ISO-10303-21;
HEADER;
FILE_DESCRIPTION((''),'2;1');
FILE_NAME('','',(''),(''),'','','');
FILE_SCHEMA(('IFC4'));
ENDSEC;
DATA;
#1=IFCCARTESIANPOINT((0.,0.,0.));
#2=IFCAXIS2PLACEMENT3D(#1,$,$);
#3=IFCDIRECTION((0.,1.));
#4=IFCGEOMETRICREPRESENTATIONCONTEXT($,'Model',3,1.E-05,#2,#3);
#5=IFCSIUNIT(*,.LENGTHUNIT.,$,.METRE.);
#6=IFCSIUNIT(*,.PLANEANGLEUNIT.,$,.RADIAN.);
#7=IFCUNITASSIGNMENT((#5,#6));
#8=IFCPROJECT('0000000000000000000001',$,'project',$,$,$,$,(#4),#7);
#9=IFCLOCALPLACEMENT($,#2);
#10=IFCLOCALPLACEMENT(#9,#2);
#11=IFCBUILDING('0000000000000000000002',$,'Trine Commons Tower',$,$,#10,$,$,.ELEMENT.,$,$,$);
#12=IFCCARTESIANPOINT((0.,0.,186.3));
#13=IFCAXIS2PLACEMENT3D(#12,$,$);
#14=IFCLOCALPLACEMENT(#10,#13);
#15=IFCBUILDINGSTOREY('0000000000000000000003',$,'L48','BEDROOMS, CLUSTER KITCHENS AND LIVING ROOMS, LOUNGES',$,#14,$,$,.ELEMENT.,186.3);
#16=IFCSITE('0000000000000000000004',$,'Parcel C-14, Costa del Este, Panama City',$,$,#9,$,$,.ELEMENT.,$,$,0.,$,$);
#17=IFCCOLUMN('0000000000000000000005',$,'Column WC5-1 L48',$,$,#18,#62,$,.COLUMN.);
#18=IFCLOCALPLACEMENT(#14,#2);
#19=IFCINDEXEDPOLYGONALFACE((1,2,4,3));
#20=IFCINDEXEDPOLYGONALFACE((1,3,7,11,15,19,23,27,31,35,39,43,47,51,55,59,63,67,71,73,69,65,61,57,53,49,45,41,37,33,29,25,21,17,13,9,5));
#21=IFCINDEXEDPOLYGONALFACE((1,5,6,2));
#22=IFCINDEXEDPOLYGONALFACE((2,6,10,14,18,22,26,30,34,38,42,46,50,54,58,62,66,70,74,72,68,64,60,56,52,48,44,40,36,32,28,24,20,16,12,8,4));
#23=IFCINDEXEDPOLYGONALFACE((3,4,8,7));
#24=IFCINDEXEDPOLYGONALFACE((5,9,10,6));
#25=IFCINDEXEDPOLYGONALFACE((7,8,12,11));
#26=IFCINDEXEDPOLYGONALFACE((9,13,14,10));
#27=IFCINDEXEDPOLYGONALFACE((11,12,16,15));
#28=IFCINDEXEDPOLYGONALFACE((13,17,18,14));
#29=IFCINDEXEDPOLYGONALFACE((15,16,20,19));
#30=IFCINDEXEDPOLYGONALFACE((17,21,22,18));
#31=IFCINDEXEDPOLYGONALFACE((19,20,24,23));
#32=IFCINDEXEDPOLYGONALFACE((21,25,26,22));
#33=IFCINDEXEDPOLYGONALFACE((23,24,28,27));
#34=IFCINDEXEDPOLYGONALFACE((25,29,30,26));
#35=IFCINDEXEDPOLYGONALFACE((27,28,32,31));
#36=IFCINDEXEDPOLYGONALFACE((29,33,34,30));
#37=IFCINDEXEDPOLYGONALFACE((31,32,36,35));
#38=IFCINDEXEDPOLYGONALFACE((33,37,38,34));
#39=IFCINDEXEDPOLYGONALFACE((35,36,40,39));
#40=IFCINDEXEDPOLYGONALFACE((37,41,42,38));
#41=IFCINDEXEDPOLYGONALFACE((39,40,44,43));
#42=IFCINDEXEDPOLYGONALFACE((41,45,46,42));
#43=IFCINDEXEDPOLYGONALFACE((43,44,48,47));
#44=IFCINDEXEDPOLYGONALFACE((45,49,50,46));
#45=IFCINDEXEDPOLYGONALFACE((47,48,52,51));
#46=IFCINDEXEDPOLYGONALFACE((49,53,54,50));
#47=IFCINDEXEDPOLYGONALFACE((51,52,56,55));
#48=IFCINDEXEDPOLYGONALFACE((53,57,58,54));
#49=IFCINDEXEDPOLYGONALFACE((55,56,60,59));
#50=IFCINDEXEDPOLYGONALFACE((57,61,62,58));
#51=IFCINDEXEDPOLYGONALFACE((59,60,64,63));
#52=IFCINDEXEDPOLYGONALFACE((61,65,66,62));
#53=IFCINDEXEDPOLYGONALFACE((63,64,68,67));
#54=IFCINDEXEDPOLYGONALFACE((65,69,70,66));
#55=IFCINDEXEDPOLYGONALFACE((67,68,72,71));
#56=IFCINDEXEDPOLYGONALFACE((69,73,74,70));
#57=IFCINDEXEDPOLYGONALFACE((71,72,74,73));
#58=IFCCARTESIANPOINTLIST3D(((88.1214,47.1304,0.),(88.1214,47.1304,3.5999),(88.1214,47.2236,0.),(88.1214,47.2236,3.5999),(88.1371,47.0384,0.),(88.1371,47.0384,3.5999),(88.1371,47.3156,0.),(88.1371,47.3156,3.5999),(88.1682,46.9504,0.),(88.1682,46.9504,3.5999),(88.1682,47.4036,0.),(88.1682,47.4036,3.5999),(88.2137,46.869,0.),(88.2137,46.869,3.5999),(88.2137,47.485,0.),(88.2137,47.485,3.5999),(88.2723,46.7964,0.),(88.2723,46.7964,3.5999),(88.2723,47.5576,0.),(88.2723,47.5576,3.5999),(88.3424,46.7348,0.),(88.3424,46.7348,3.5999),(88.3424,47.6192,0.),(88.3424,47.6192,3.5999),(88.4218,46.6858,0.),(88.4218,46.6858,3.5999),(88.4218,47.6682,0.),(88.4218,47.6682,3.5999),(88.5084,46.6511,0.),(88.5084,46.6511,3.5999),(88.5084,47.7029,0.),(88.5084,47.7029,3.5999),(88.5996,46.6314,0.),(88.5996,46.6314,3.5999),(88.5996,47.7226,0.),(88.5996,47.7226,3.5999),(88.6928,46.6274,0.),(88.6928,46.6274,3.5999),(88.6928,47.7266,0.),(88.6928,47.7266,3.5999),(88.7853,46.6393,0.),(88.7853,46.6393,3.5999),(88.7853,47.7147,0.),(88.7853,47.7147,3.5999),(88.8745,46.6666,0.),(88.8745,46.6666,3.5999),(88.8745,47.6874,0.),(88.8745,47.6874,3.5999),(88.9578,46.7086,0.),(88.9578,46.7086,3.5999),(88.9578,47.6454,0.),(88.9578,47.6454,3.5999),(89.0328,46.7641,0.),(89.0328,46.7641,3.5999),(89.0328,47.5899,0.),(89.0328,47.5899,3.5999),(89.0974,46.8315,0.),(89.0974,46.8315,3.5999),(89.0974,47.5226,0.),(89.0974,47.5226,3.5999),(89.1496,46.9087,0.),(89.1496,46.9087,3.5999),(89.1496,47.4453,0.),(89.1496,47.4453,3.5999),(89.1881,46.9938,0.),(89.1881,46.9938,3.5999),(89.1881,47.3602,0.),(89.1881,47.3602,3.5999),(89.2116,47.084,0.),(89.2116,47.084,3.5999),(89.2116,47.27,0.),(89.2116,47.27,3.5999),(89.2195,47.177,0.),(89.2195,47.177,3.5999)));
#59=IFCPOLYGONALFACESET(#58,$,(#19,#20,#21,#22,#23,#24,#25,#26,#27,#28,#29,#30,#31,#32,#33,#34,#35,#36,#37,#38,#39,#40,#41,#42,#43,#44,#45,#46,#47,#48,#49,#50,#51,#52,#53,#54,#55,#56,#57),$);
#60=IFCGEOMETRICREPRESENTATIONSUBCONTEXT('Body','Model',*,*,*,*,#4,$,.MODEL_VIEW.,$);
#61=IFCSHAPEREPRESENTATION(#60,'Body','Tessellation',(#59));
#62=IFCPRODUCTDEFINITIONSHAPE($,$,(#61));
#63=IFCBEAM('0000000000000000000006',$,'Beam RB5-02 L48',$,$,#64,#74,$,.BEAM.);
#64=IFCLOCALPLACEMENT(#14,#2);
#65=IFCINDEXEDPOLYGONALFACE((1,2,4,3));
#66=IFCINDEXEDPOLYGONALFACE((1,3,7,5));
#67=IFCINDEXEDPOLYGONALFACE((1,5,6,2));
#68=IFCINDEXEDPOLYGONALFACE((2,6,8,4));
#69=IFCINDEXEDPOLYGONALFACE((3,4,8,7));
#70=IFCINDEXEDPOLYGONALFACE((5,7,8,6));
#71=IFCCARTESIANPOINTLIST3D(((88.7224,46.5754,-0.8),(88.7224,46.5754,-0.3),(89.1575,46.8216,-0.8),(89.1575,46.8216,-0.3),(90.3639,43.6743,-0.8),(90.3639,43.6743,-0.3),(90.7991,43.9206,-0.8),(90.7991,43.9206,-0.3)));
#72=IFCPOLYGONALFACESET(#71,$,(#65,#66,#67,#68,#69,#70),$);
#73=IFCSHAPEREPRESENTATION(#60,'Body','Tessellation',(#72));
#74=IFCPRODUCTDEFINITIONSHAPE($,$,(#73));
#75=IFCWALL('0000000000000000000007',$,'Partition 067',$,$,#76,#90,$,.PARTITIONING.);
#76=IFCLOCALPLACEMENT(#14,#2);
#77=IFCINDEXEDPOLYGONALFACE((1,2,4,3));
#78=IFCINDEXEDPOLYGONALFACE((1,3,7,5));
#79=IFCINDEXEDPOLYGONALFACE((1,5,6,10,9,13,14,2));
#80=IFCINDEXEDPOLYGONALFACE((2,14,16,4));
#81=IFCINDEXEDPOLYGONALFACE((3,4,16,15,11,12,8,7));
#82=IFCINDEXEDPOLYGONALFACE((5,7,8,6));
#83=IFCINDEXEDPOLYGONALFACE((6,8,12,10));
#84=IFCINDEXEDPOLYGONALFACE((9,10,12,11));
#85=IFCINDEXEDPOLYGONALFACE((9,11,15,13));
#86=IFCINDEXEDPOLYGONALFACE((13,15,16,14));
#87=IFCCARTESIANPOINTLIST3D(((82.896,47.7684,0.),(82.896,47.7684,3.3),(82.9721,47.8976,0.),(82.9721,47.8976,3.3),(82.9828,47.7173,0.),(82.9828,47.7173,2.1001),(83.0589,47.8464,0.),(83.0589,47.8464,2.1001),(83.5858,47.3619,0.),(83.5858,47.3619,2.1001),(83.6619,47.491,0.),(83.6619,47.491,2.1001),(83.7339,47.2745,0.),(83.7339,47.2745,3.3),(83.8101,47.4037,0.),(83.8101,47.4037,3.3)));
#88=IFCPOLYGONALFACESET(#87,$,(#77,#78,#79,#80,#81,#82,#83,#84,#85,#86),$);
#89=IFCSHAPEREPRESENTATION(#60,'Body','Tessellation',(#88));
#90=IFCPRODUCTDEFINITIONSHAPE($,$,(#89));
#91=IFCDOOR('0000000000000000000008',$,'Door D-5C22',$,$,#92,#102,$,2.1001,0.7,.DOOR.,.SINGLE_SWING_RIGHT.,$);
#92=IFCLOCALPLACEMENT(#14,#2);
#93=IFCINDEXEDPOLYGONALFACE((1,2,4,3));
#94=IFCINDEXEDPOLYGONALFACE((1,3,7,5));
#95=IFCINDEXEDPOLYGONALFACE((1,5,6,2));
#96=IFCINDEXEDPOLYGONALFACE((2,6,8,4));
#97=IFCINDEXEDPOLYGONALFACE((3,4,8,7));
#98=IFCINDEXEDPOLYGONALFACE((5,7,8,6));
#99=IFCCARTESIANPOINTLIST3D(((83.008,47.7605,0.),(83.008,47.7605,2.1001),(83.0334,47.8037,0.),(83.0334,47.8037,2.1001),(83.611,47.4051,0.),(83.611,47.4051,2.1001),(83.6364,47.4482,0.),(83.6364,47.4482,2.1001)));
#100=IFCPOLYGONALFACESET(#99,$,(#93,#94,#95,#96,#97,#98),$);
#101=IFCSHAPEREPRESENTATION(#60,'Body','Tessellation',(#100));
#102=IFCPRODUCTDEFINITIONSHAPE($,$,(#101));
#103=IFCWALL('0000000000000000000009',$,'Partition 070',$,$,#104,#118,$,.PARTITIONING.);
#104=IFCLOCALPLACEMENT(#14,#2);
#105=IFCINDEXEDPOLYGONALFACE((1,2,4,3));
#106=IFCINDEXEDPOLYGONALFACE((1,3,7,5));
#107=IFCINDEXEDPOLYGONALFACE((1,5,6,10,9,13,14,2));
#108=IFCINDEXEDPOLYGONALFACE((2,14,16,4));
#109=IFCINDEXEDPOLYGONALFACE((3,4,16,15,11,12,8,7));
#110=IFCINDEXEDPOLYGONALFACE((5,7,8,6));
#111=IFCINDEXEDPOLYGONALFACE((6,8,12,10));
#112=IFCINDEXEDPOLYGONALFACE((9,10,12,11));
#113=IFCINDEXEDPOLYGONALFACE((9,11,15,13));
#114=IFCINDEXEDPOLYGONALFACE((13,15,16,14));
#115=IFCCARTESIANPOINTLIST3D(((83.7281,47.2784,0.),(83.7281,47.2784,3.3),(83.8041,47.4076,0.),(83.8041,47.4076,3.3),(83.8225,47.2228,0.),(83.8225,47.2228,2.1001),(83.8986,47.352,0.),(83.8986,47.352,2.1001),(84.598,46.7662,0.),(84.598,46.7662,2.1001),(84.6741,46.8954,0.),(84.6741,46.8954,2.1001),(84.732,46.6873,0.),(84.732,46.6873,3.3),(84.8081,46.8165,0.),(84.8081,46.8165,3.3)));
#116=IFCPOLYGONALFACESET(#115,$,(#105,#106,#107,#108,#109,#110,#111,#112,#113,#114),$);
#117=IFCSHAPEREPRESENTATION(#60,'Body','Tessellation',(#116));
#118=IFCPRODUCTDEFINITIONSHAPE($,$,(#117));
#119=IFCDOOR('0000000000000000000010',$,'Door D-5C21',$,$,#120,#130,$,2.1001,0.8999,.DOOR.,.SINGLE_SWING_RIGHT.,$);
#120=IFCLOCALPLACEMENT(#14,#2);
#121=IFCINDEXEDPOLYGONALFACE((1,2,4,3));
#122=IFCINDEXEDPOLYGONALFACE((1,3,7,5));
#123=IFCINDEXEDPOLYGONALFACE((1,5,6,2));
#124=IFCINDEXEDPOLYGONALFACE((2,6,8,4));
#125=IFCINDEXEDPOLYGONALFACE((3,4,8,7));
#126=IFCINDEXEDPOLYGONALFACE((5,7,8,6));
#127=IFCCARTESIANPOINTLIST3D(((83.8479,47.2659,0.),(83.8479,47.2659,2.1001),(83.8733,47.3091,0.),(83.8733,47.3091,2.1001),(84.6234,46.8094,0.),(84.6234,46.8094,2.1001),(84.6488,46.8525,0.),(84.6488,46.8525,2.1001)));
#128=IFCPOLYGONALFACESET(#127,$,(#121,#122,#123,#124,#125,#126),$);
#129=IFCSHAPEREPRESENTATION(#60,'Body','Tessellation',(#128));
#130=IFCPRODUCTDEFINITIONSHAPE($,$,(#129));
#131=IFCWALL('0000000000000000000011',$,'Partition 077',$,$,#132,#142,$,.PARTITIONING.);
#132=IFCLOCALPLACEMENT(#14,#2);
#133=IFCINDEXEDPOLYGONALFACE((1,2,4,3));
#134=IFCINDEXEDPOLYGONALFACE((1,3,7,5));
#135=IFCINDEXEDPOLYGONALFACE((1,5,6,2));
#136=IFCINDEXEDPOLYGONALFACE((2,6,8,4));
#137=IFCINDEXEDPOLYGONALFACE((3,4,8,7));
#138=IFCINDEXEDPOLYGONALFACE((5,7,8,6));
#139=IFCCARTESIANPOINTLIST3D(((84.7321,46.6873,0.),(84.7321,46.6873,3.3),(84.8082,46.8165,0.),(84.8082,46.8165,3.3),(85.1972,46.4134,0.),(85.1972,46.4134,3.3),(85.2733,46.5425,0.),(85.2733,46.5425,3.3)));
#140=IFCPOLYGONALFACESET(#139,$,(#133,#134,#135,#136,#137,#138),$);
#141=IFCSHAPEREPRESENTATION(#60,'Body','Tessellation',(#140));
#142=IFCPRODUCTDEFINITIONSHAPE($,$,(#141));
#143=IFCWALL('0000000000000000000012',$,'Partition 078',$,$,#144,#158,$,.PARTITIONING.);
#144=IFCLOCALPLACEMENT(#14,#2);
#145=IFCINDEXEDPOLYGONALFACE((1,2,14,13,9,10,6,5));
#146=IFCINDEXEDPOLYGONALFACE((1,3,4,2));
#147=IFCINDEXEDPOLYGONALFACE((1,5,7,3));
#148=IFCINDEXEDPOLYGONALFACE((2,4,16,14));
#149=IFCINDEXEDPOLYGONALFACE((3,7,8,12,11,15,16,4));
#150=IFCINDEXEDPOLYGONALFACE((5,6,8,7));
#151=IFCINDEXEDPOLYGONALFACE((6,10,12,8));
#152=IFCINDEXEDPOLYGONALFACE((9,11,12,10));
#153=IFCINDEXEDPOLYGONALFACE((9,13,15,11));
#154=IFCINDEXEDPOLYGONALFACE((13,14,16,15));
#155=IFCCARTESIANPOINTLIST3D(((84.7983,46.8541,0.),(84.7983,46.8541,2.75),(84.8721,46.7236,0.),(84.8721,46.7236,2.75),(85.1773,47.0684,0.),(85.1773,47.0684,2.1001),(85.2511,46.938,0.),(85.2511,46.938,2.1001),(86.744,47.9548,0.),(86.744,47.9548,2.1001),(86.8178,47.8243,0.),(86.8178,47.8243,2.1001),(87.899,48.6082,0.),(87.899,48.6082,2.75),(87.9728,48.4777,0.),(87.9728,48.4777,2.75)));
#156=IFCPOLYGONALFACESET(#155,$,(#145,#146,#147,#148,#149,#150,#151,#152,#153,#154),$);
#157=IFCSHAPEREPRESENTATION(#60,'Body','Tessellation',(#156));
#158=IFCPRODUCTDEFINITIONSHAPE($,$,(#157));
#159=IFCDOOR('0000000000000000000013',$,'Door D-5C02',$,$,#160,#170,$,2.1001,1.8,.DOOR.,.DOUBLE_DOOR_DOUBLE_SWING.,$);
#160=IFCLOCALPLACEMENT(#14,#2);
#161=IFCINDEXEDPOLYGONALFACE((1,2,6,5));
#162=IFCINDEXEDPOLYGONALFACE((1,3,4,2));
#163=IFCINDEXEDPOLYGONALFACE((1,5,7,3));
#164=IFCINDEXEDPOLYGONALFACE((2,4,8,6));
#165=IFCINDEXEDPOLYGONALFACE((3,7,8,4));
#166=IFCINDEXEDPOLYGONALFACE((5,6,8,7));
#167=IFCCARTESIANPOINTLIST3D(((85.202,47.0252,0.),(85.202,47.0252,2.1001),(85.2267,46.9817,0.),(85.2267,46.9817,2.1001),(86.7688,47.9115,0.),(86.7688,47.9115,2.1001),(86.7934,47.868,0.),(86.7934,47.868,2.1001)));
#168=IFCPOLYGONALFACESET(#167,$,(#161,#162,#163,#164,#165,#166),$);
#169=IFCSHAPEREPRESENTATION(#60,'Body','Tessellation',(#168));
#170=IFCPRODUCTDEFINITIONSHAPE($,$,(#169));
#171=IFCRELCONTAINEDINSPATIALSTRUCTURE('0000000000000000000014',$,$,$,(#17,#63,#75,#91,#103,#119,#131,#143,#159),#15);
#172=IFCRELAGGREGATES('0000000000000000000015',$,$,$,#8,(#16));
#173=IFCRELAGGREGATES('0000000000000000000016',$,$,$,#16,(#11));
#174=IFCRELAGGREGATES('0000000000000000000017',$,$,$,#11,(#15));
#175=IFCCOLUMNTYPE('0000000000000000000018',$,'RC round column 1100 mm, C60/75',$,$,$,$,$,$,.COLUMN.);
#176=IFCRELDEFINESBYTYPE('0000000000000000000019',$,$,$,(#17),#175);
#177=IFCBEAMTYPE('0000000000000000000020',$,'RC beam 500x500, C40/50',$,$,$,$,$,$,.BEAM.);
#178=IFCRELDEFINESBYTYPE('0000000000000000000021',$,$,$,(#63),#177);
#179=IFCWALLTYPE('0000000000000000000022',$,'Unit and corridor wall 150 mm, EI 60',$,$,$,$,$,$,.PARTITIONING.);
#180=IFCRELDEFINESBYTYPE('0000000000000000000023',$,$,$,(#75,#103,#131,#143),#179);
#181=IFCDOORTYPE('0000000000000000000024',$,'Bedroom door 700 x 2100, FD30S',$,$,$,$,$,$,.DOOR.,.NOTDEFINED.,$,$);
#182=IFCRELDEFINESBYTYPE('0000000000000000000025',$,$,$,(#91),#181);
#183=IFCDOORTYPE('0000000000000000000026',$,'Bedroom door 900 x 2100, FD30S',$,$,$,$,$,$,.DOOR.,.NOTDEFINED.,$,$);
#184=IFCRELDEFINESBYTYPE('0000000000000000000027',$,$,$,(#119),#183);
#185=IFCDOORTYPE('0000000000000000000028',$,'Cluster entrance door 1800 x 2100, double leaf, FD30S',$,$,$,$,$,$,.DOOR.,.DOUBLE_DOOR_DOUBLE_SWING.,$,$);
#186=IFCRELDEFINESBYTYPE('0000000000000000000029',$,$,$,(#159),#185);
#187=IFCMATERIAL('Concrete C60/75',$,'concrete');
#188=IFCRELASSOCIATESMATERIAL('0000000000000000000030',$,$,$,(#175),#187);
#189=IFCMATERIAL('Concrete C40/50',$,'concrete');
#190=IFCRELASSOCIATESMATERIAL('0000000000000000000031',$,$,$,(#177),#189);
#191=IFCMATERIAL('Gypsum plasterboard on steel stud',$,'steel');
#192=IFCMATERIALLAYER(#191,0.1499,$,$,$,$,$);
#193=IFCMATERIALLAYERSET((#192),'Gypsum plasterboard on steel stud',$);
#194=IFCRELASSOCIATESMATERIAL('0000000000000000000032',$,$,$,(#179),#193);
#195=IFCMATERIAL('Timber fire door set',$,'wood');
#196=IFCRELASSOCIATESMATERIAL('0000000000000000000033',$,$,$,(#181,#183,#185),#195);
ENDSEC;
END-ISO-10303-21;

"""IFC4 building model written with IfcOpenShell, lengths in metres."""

from ifc_helpers import new_model, si_unit, direction, frame, frame_2d, origin, origin_2d, place, context, subcontext, project, spatial, rectangle, circle, extrude, material, layer, layer_set, material_profile, profile_set, type_object, element, fill, save


model = new_model("IFC4")

# Units and contexts
model_context = context("Model", 3, precision=1e-05, world=origin(), true_north=direction((0.0, 1.0)))
body_context = subcontext(model_context, "Body", "Model", "MODEL_VIEW")
ifc_project = project(units=[si_unit("LENGTHUNIT", "METRE"), si_unit("PLANEANGLEUNIT", "RADIAN")], contexts=[model_context])

# Site, building, storey
site_placement = place(None, origin())
site = spatial("IfcSite", under=ifc_project, at=site_placement, Name="Parcel C-14, Costa del Este, Panama City", CompositionType="ELEMENT", RefElevation=0.0)
building_placement = place(site_placement, origin())
building = spatial("IfcBuilding", under=site, at=building_placement, Name="Trine Commons Tower", CompositionType="ELEMENT")
storey_placement = place(building_placement, frame((0.0, 0.0, 186.3)))
storey = spatial("IfcBuildingStorey", under=building, at=storey_placement, Name="L48", Description="BEDROOMS, CLUSTER KITCHENS AND LIVING ROOMS, LOUNGES", CompositionType="ELEMENT", Elevation=186.3)

# Column
ifc_material_1 = material(Name="Concrete C60/75", Category="concrete")
ifc_material_profile_1 = material_profile(ifc_material_1, circle(Radius=0.55, at=origin_2d()), Name="RC round 1100")
ifc_profile_set_1 = profile_set([ifc_material_profile_1], Name="Concrete C60/75")
column_type = type_object("IfcColumnType", Name="RC round column 1100 mm, C60/75", PredefinedType="COLUMN", material=ifc_profile_set_1)
column_placement = place(storey_placement, frame((88.6694, 47.177, 0.0), z_axis=(0.0, 0.0, 1.0), x_axis=(1.0, 0.0, 0.0)))
element("IfcColumn", 1, at=column_placement, inside=storey, type_object=column_type, Name="Column WC5-1 L48", PredefinedType="COLUMN", context=body_context, shape_type="SweptSolid", body=[
    extrude(circle(Radius=0.55, at=origin_2d()), origin(), (0.0, 0.0, 1.0), 3.5999),
])

# Beam
ifc_material_2 = material(Name="Concrete C40/50", Category="concrete")
ifc_material_profile_2 = material_profile(ifc_material_2, rectangle(XDim=0.5, YDim=0.5, at=origin_2d()), Name="RC 500x500")
ifc_profile_set_2 = profile_set([ifc_material_profile_2], Name="Concrete C40/50")
beam_type = type_object("IfcBeamType", Name="RC beam 500x500, C40/50", PredefinedType="BEAM", material=ifc_profile_set_2)
beam_placement = place(storey_placement, frame((88.9399, 46.6985, -0.55), z_axis=(0.492475, -0.870327, 0.0), x_axis=(0.870327, 0.492475, 0.0)))
element("IfcBeam", 2, at=beam_placement, inside=storey, type_object=beam_type, Name="Beam RB5-02 L48", PredefinedType="BEAM", context=body_context, shape_type="SweptSolid", body=[
    extrude(rectangle(XDim=0.5, YDim=0.5, at=origin_2d()), origin(), (0.0, 0.0, 1.0), 3.3333),
])

# Walls, openings, doors
ifc_material_3 = material(Name="Gypsum plasterboard on steel stud", Category="steel")
ifc_layer_1 = layer(ifc_material_3, 0.1499)
ifc_layer_set_1 = layer_set([ifc_layer_1], Name="Gypsum plasterboard on steel stud")
wall_type_1 = type_object("IfcWallType", Name="Unit and corridor wall 150 mm, EI 60", PredefinedType="PARTITIONING", material=ifc_layer_set_1)
wall_1_placement = place(storey_placement, frame((82.9341, 47.833, 0.0), z_axis=(0.0, 0.0, 1.0), x_axis=(0.861476, -0.507799, 0.0)))
wall_1 = element("IfcWall", 3, at=wall_1_placement, inside=storey, type_object=wall_type_1, Name="Partition 067", PredefinedType="PARTITIONING", context=body_context, shape_type="SweptSolid", body=[
    extrude(rectangle(XDim=0.9727, YDim=0.1499, at=frame_2d((0.4863, 0.0))), origin(), (0.0, 0.0, 1.0), 3.3),
])
opening_1_placement = place(wall_1_placement, frame((0.1006, 0.0, 0.0)))
opening_1 = element("IfcOpeningElement", 4, at=opening_1_placement, cuts=wall_1, PredefinedType="OPENING", context=body_context, shape_type="SweptSolid", body=[
    extrude(rectangle(XDim=0.7, YDim=2.1001, at=frame_2d((0.3501, 1.05))), frame((0.0, 0.085, 0.0), z_axis=(0.0, -1.0, 0.0), x_axis=(1.0, 0.0, 0.0)), (0.0, 0.0, 1.0), 0.1699),
])
ifc_material_4 = material(Name="Timber fire door set", Category="wood")
door_type_1 = type_object("IfcDoorType", Name="Bedroom door 700 x 2100, FD30S", OperationType="NOTDEFINED", PredefinedType="DOOR", material=ifc_material_4)
door_1_placement = place(opening_1_placement, frame((0.7, 0.0, 0.0), z_axis=(0.0, 0.0, 1.0), x_axis=(-1.0, 0.0, 0.0)))
door_1 = element("IfcDoor", 5, at=door_1_placement, inside=storey, type_object=door_type_1, Name="Door D-5C22", OperationType="SINGLE_SWING_RIGHT", OverallHeight=2.1001, OverallWidth=0.7, PredefinedType="DOOR", context=body_context, shape_type="SweptSolid", body=[
    extrude(rectangle(XDim=0.7, YDim=2.1001, at=frame_2d((0.3501, 1.05))), frame((0.0, 0.0249, 0.0), z_axis=(0.0, -1.0, 0.0), x_axis=(1.0, 0.0, 0.0)), (0.0, 0.0, 1.0), 0.05),
])
fill(opening_1, door_1)
wall_2_placement = place(storey_placement, frame((83.7661, 47.343, 0.0), z_axis=(0.0, 0.0, 1.0), x_axis=(0.861735, -0.507359, 0.0)))
wall_2 = element("IfcWall", 6, at=wall_2_placement, inside=storey, type_object=wall_type_1, Name="Partition 070", PredefinedType="PARTITIONING", context=body_context, shape_type="SweptSolid", body=[
    extrude(rectangle(XDim=1.165, YDim=0.1499, at=frame_2d((0.5825, 0.0))), origin(), (0.0, 0.0, 1.0), 3.3),
])
opening_2_placement = place(wall_2_placement, frame((0.1096, 0.0, 0.0)))
opening_2 = element("IfcOpeningElement", 7, at=opening_2_placement, cuts=wall_2, PredefinedType="OPENING", context=body_context, shape_type="SweptSolid", body=[
    extrude(rectangle(XDim=0.8999, YDim=2.1001, at=frame_2d((0.45, 1.05))), frame((0.0, 0.085, 0.0), z_axis=(0.0, -1.0, 0.0), x_axis=(1.0, 0.0, 0.0)), (0.0, 0.0, 1.0), 0.1699),
])
door_type_2 = type_object("IfcDoorType", Name="Bedroom door 900 x 2100, FD30S", OperationType="NOTDEFINED", PredefinedType="DOOR", material=ifc_material_4)
door_2_placement = place(opening_2_placement, frame((0.8999, 0.0, 0.0), z_axis=(0.0, 0.0, 1.0), x_axis=(-1.0, 0.0, 0.0)))
door_2 = element("IfcDoor", 8, at=door_2_placement, inside=storey, type_object=door_type_2, Name="Door D-5C21", OperationType="SINGLE_SWING_RIGHT", OverallHeight=2.1001, OverallWidth=0.8999, PredefinedType="DOOR", context=body_context, shape_type="SweptSolid", body=[
    extrude(rectangle(XDim=0.8999, YDim=2.1001, at=frame_2d((0.45, 1.05))), frame((0.0, 0.0249, 0.0), z_axis=(0.0, -1.0, 0.0), x_axis=(1.0, 0.0, 0.0)), (0.0, 0.0, 1.0), 0.05),
])
fill(opening_2, door_2)

# Wall
wall_3_placement = place(storey_placement, frame((84.77, 46.752, 0.0), z_axis=(0.0, 0.0, 1.0), x_axis=(0.861655, -0.507494, 0.0)))
element("IfcWall", 9, at=wall_3_placement, inside=storey, type_object=wall_type_1, Name="Partition 077", PredefinedType="PARTITIONING", context=body_context, shape_type="SweptSolid", body=[
    extrude(rectangle(XDim=0.5398, YDim=0.1499, at=frame_2d((0.27, 0.0))), origin(), (0.0, 0.0, 1.0), 3.3),
])

# Wall, opening, door
wall_4_placement = place(storey_placement, frame((84.8352, 46.7888, 0.0), z_axis=(0.0, 0.0, 1.0), x_axis=(0.870382, 0.492378, 0.0)))
wall_4 = element("IfcWall", 10, at=wall_4_placement, inside=storey, type_object=wall_type_1, Name="Partition 078", PredefinedType="PARTITIONING", context=body_context, shape_type="SweptSolid", body=[
    extrude(rectangle(XDim=3.5625, YDim=0.1499, at=frame_2d((1.7812, 0.0))), origin(), (0.0, 0.0, 1.0), 2.75),
])
opening_3_placement = place(wall_4_placement, frame((0.4355, 0.0, 0.0)))
opening_3 = element("IfcOpeningElement", 11, at=opening_3_placement, cuts=wall_4, PredefinedType="OPENING", context=body_context, shape_type="SweptSolid", body=[
    extrude(rectangle(XDim=1.8, YDim=2.1001, at=frame_2d((0.8999, 1.05))), frame((0.0, 0.085, 0.0), z_axis=(0.0, -1.0, 0.0), x_axis=(1.0, 0.0, 0.0)), (0.0, 0.0, 1.0), 0.1699),
])
door_type_3 = type_object("IfcDoorType", Name="Cluster entrance door 1800 x 2100, double leaf, FD30S", OperationType="DOUBLE_DOOR_DOUBLE_SWING", PredefinedType="DOOR", material=ifc_material_4)
door_3_placement = place(opening_3_placement, frame((1.8, 0.0, 0.0), z_axis=(0.0, 0.0, 1.0), x_axis=(-1.0, 0.0, 0.0)))
door_3 = element("IfcDoor", 12, at=door_3_placement, inside=storey, type_object=door_type_3, Name="Door D-5C02", OperationType="DOUBLE_DOOR_DOUBLE_SWING", OverallHeight=2.1001, OverallWidth=1.8, PredefinedType="DOOR", context=body_context, shape_type="SweptSolid", body=[
    extrude(rectangle(XDim=1.8, YDim=2.1001, at=frame_2d((0.8999, 1.05))), frame((0.0, 0.0249, 0.0), z_axis=(0.0, -1.0, 0.0), x_axis=(1.0, 0.0, 0.0)), (0.0, 0.0, 1.0), 0.05),
])
fill(opening_3, door_3)

save(model, "model.ifc")
